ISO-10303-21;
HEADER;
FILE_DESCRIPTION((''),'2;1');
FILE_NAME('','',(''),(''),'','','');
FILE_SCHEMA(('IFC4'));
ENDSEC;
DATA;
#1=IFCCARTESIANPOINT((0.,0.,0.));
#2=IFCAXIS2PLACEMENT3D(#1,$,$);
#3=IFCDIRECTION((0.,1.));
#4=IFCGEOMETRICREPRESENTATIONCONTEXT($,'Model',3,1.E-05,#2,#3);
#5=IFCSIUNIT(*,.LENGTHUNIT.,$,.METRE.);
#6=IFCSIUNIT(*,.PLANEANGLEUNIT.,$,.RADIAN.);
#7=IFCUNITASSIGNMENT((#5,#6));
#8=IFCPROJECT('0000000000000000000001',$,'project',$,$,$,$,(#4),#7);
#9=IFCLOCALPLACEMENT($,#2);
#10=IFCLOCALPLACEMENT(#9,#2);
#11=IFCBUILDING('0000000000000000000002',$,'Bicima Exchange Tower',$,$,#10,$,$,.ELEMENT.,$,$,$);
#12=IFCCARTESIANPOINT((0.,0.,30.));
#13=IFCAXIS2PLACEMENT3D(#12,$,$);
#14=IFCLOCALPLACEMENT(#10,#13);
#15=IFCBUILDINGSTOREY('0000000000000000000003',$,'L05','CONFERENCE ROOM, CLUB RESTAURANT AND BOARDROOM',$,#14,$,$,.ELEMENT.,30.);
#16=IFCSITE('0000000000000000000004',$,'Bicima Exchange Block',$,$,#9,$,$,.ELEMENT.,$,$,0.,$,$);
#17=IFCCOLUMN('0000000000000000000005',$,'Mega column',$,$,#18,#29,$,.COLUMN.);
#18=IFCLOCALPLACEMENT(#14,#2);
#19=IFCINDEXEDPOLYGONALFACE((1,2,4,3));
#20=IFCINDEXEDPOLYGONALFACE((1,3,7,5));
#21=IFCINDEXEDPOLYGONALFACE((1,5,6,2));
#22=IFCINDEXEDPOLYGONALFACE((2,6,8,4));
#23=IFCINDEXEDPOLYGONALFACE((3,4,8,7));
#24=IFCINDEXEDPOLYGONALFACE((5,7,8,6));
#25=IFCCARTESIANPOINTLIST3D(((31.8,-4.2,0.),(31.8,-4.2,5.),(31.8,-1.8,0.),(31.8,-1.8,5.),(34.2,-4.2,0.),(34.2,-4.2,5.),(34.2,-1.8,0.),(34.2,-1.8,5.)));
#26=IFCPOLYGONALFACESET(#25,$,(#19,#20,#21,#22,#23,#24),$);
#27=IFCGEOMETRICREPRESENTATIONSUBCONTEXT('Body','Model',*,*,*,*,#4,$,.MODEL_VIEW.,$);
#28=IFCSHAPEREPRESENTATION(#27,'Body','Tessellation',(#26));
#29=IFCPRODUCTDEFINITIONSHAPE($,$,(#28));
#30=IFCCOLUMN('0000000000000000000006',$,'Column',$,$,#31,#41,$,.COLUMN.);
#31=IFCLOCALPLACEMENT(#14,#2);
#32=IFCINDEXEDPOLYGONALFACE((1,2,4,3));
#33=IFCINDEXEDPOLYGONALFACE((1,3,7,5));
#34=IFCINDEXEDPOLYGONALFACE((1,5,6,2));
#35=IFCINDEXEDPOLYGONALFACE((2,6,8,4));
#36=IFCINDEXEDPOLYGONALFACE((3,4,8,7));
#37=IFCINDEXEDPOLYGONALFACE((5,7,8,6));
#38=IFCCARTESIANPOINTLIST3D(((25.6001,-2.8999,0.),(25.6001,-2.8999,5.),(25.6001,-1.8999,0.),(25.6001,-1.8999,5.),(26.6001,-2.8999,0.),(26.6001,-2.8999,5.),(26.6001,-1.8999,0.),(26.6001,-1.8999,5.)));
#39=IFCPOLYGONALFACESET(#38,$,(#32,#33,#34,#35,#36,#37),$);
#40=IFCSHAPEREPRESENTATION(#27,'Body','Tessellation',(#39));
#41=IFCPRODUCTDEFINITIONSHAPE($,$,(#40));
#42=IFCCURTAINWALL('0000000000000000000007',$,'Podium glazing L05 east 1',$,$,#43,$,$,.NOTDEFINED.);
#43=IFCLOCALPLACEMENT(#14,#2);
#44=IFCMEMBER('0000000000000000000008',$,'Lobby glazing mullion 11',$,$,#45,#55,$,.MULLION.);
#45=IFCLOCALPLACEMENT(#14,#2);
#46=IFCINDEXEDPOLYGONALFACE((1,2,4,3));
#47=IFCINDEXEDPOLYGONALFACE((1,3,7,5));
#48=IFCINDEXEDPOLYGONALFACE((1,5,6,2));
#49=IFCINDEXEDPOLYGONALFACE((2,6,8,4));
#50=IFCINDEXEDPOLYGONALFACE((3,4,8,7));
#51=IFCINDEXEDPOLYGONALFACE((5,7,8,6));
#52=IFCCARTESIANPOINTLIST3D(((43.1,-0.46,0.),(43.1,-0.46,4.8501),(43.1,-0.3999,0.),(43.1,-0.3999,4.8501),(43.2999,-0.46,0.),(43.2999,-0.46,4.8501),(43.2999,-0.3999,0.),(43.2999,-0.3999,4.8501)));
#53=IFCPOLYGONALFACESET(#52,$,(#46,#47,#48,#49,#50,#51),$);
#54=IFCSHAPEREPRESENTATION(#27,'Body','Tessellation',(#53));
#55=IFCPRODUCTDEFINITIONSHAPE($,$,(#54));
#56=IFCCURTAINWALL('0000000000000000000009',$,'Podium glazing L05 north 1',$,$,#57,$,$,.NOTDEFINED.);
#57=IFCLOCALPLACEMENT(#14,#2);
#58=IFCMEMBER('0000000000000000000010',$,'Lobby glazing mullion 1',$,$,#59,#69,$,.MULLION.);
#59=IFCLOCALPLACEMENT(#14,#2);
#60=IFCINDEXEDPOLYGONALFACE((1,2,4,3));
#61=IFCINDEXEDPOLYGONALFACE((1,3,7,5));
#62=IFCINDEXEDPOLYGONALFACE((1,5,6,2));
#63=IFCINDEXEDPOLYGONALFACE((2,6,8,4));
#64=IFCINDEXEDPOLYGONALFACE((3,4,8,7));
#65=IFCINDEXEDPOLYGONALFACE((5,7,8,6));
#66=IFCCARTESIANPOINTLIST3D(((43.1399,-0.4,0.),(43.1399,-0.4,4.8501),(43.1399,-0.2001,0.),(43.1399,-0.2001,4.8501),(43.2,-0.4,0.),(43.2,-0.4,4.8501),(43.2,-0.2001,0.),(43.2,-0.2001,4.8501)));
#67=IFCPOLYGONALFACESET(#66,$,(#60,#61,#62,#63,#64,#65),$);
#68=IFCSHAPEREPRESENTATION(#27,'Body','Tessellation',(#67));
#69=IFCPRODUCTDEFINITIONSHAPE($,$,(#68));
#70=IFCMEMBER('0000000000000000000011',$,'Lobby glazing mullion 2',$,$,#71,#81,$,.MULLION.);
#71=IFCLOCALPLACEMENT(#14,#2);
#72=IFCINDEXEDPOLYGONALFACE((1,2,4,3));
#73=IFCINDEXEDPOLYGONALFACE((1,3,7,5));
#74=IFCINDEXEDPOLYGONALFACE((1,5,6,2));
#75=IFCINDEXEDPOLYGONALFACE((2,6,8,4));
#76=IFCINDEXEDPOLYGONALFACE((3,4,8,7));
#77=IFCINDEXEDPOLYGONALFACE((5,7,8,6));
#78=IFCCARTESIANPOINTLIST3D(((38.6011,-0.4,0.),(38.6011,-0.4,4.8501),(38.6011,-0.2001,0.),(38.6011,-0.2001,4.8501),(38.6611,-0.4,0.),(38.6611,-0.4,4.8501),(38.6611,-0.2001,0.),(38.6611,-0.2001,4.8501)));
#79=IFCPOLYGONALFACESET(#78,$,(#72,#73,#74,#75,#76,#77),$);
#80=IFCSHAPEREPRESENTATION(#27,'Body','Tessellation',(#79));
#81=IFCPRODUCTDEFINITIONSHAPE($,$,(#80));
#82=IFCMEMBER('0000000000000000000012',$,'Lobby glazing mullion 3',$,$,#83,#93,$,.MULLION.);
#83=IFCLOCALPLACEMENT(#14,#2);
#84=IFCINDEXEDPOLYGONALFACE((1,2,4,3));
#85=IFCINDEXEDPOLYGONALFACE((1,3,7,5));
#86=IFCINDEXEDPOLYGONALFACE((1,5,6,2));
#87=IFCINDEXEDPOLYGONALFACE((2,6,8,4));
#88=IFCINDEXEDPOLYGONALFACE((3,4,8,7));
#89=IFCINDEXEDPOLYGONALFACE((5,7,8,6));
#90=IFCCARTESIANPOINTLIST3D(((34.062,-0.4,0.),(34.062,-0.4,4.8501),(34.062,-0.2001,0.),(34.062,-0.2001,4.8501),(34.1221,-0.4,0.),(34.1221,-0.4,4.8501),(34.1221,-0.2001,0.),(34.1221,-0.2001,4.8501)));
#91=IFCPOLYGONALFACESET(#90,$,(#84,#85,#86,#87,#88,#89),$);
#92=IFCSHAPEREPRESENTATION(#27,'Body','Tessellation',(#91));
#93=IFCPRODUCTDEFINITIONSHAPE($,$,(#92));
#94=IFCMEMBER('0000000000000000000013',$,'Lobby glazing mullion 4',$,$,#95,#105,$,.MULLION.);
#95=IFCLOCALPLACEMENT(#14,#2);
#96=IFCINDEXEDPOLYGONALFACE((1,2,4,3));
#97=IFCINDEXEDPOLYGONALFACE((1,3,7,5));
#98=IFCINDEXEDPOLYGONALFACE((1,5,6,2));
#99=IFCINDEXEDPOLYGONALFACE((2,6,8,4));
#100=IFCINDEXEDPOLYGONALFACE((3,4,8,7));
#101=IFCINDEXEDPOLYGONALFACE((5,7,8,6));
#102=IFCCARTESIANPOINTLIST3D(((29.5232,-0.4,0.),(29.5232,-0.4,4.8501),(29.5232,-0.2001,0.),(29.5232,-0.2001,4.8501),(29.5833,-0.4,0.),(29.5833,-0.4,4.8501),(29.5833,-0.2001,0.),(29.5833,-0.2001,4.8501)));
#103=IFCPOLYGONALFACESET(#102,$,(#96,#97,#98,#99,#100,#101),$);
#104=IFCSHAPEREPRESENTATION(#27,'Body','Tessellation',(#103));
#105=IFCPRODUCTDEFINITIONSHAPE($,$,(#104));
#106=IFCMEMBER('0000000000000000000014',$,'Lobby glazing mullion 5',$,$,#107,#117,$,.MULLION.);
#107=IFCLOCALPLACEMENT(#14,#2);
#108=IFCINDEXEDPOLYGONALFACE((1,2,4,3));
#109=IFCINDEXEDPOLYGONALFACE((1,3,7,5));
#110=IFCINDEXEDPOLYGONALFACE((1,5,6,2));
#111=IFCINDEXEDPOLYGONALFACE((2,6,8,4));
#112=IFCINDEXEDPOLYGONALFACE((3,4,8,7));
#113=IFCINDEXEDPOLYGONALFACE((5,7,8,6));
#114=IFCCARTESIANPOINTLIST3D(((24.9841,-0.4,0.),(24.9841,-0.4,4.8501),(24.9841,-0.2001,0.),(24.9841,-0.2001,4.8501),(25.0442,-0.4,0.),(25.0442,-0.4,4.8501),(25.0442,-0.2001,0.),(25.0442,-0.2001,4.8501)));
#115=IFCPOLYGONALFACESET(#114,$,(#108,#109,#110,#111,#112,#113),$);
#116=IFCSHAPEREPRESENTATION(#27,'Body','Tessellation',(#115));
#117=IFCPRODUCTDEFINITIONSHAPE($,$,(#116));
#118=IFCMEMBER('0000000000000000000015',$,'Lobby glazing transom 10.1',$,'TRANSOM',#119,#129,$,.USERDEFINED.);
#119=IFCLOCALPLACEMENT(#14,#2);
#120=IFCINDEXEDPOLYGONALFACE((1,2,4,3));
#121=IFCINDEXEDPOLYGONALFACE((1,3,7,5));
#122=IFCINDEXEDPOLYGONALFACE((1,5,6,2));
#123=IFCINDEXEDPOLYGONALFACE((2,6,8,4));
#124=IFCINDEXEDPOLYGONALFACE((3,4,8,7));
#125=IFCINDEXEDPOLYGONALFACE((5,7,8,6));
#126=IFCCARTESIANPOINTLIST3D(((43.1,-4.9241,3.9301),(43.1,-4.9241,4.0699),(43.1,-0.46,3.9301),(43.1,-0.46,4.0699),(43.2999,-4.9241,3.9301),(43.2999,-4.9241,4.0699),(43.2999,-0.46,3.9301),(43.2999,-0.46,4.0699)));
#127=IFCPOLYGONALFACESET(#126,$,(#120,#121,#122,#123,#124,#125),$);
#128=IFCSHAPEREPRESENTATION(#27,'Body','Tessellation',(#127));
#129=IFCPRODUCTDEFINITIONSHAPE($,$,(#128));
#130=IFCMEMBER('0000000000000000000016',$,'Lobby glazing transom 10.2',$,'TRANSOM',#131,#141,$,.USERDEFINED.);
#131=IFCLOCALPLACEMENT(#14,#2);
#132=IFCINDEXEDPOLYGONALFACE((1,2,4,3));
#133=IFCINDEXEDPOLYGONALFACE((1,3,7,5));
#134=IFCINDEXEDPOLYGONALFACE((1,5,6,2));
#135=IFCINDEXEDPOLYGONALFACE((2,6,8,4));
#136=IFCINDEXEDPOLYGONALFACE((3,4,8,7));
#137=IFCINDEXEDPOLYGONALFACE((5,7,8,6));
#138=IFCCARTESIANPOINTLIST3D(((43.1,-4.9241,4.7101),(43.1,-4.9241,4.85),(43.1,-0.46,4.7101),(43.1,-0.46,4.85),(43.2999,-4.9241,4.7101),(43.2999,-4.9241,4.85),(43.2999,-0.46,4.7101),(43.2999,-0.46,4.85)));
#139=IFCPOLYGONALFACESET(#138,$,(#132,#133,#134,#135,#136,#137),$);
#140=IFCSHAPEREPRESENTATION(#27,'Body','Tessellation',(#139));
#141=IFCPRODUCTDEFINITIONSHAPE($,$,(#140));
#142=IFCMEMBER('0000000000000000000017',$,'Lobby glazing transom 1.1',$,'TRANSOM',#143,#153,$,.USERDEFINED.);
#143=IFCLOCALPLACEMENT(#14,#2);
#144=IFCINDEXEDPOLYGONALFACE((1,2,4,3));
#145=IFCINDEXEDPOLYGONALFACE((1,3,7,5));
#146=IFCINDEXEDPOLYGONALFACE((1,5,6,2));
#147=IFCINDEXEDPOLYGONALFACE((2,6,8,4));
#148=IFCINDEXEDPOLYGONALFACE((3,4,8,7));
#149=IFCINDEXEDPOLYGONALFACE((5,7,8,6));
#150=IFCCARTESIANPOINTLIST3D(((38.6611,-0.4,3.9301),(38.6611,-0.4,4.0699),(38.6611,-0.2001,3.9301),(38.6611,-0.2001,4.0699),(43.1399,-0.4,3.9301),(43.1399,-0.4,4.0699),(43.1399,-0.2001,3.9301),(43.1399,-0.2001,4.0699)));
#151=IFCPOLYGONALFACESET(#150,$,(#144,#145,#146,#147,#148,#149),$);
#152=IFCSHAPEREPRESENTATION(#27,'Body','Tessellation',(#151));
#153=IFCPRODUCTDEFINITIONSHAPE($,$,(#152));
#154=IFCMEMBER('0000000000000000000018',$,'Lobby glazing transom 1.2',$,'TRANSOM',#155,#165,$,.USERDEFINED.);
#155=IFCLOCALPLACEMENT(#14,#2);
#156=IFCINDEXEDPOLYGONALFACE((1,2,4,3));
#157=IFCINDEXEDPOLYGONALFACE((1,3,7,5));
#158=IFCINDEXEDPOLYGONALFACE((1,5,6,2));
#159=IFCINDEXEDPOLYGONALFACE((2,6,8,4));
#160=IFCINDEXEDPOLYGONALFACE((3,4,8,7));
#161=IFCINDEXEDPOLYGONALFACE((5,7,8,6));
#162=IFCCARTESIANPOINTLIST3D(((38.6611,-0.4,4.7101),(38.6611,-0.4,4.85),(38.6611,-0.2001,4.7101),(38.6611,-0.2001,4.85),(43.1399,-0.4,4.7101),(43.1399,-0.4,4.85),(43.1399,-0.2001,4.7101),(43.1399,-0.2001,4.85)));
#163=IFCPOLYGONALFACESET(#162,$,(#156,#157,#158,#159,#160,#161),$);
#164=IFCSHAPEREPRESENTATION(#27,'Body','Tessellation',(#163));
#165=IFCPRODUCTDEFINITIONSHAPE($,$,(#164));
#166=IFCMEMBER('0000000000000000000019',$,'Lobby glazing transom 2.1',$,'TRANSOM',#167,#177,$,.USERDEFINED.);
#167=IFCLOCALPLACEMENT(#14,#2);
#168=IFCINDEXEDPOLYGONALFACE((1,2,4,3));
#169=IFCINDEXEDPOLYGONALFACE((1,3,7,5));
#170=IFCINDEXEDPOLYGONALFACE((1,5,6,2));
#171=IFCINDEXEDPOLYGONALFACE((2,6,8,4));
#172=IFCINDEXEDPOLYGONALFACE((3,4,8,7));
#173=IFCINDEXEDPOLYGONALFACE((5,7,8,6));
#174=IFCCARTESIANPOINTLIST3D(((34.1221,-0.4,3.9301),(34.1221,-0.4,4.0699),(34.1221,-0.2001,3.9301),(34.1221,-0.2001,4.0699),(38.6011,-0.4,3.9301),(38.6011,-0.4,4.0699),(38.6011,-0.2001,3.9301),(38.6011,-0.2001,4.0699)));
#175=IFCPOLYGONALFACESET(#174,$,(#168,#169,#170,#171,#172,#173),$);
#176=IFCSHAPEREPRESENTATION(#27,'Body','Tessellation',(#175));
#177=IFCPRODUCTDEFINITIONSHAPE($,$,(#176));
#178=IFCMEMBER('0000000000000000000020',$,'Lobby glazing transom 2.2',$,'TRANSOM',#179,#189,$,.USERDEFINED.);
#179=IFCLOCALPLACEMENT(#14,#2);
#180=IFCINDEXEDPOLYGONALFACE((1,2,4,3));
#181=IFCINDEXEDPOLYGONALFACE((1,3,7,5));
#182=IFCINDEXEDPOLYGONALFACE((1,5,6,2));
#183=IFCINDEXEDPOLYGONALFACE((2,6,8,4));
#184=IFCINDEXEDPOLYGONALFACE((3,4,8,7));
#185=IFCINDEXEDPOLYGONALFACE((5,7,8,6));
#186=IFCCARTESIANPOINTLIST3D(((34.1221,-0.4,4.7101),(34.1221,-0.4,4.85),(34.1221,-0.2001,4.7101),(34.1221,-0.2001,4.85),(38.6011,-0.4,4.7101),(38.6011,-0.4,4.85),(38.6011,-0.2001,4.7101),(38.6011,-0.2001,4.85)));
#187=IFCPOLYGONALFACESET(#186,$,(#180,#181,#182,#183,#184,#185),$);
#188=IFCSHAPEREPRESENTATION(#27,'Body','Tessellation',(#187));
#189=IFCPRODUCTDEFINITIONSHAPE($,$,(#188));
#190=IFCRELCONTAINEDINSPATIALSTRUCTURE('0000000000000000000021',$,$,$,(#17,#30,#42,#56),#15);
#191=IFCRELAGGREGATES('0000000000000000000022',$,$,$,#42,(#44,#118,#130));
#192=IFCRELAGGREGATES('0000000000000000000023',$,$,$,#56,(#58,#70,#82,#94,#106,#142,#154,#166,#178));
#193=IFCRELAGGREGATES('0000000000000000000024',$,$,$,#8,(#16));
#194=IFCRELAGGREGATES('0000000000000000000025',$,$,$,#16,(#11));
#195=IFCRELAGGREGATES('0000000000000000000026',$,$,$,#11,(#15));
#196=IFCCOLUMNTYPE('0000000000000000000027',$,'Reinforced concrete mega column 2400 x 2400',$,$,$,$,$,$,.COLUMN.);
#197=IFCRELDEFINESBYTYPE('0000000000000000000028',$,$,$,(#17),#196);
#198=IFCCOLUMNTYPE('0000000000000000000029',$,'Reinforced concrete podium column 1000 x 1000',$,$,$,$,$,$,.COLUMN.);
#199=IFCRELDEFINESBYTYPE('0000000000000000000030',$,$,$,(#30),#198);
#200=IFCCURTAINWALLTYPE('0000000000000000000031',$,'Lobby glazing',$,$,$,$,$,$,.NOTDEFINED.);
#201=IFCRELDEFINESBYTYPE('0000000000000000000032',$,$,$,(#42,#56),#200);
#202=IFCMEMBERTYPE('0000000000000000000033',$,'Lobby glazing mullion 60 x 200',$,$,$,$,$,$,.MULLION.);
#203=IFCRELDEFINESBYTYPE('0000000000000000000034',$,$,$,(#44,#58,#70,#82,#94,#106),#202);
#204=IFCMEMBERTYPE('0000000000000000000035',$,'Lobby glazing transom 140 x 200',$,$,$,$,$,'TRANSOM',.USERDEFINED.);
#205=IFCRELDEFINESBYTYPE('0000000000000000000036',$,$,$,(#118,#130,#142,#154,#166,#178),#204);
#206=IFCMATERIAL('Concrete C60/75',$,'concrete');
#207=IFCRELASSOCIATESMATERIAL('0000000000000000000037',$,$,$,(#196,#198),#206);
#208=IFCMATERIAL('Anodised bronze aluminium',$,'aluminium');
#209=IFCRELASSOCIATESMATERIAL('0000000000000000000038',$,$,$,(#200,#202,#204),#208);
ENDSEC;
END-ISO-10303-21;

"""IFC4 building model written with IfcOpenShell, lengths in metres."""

from ifc_helpers import new_model, si_unit, direction, frame, origin, origin_2d, place, context, subcontext, project, spatial, rectangle, extrude, material, material_profile, profile_set, type_object, element, aggregate, save


model = new_model("IFC4")

# Units and contexts
model_context = context("Model", 3, precision=1e-05, world=origin(), true_north=direction((0.0, 1.0)))
body_context = subcontext(model_context, "Body", "Model", "MODEL_VIEW")
ifc_project = project(units=[si_unit("LENGTHUNIT", "METRE"), si_unit("PLANEANGLEUNIT", "RADIAN")], contexts=[model_context])

# Site, building, storey
site_placement = place(None, origin())
site = spatial("IfcSite", under=ifc_project, at=site_placement, Name="Bicima Exchange Block", CompositionType="ELEMENT", RefElevation=0.0)
building_placement = place(site_placement, origin())
building = spatial("IfcBuilding", under=site, at=building_placement, Name="Bicima Exchange Tower", CompositionType="ELEMENT")
storey_placement = place(building_placement, frame((0.0, 0.0, 30.0)))
storey = spatial("IfcBuildingStorey", under=building, at=storey_placement, Name="L05", Description="CONFERENCE ROOM, CLUB RESTAURANT AND BOARDROOM", CompositionType="ELEMENT", Elevation=30.0)

# Columns
ifc_material_1 = material(Name="Concrete C60/75", Category="concrete")
ifc_material_profile_1 = material_profile(ifc_material_1, rectangle(XDim=2.3999, YDim=2.3999, at=origin_2d()))
ifc_profile_set_1 = profile_set([ifc_material_profile_1], Name="Concrete C60/75")
column_type_1 = type_object("IfcColumnType", Name="Reinforced concrete mega column 2400 x 2400", PredefinedType="COLUMN", material=ifc_profile_set_1)
column_1_placement = place(storey_placement, frame((33.0, -3.0, 0.0), z_axis=(0.0, 0.0, 1.0), x_axis=(1.0, 0.0, 0.0)))
element("IfcColumn", 1, at=column_1_placement, inside=storey, type_object=column_type_1, Name="Mega column", PredefinedType="COLUMN", context=body_context, shape_type="SweptSolid", body=[
    extrude(rectangle(XDim=2.3999, YDim=2.3999, at=origin_2d()), origin(), (0.0, 0.0, 1.0), 5.0),
])
ifc_material_profile_2 = material_profile(ifc_material_1, rectangle(XDim=1.0, YDim=1.0, at=origin_2d()))
ifc_profile_set_2 = profile_set([ifc_material_profile_2], Name="Concrete C60/75")
column_type_2 = type_object("IfcColumnType", Name="Reinforced concrete podium column 1000 x 1000", PredefinedType="COLUMN", material=ifc_profile_set_2)
column_2_placement = place(storey_placement, frame((26.1001, -2.3999, 0.0), z_axis=(0.0, 0.0, 1.0), x_axis=(1.0, 0.0, 0.0)))
element("IfcColumn", 2, at=column_2_placement, inside=storey, type_object=column_type_2, Name="Column", PredefinedType="COLUMN", context=body_context, shape_type="SweptSolid", body=[
    extrude(rectangle(XDim=1.0, YDim=1.0, at=origin_2d()), origin(), (0.0, 0.0, 1.0), 5.0),
])

# Curtain wall, member
ifc_material_2 = material(Name="Anodised bronze aluminium", Category="aluminium")
curtain_wall_type = type_object("IfcCurtainWallType", Name="Lobby glazing", PredefinedType="NOTDEFINED", material=ifc_material_2)
curtain_wall_1_placement = place(storey_placement, origin())
curtain_wall_1 = element("IfcCurtainWall", 3, at=curtain_wall_1_placement, inside=storey, type_object=curtain_wall_type, Name="Podium glazing L05 east 1", PredefinedType="NOTDEFINED")
ifc_material_profile_3 = material_profile(ifc_material_2, rectangle(XDim=0.2, YDim=0.0601, at=origin_2d()))
ifc_profile_set_3 = profile_set([ifc_material_profile_3], Name="Anodised bronze aluminium")
member_type_1 = type_object("IfcMemberType", Name="Lobby glazing mullion 60 x 200", PredefinedType="MULLION", material=ifc_profile_set_3)
member_1_placement = place(storey_placement, frame((43.2, -0.4299, 0.0), z_axis=(0.0, 0.0, 1.0), x_axis=(-1.0, 0.0, 0.0)))
member_1 = element("IfcMember", 4, at=member_1_placement, type_object=member_type_1, Name="Lobby glazing mullion 11", PredefinedType="MULLION", context=body_context, shape_type="SweptSolid", body=[
    extrude(rectangle(XDim=0.2, YDim=0.0601, at=origin_2d()), origin(), (0.0, 0.0, 1.0), 4.8501),
])

# Curtain wall, members
curtain_wall_2_placement = place(storey_placement, origin())
curtain_wall_2 = element("IfcCurtainWall", 5, at=curtain_wall_2_placement, inside=storey, type_object=curtain_wall_type, Name="Podium glazing L05 north 1", PredefinedType="NOTDEFINED")
member_2_placement = place(storey_placement, frame((43.1699, -0.3, 0.0), z_axis=(0.0, 0.0, 1.0), x_axis=(0.0, -1.0, 0.0)))
member_2 = element("IfcMember", 6, at=member_2_placement, type_object=member_type_1, Name="Lobby glazing mullion 1", PredefinedType="MULLION", context=body_context, shape_type="SweptSolid", body=[
    extrude(rectangle(XDim=0.2, YDim=0.0601, at=origin_2d()), origin(), (0.0, 0.0, 1.0), 4.8501),
])
member_3_placement = place(storey_placement, frame((38.6311, -0.3, 0.0), z_axis=(0.0, 0.0, 1.0), x_axis=(0.0, -1.0, 0.0)))
member_3 = element("IfcMember", 7, at=member_3_placement, type_object=member_type_1, Name="Lobby glazing mullion 2", PredefinedType="MULLION", context=body_context, shape_type="SweptSolid", body=[
    extrude(rectangle(XDim=0.2, YDim=0.0601, at=origin_2d()), origin(), (0.0, 0.0, 1.0), 4.8501),
])
member_4_placement = place(storey_placement, frame((34.092, -0.3, 0.0), z_axis=(0.0, 0.0, 1.0), x_axis=(0.0, -1.0, 0.0)))
member_4 = element("IfcMember", 8, at=member_4_placement, type_object=member_type_1, Name="Lobby glazing mullion 3", PredefinedType="MULLION", context=body_context, shape_type="SweptSolid", body=[
    extrude(rectangle(XDim=0.2, YDim=0.0601, at=origin_2d()), origin(), (0.0, 0.0, 1.0), 4.8501),
])
member_5_placement = place(storey_placement, frame((29.5532, -0.3, 0.0), z_axis=(0.0, 0.0, 1.0), x_axis=(0.0, -1.0, 0.0)))
member_5 = element("IfcMember", 9, at=member_5_placement, type_object=member_type_1, Name="Lobby glazing mullion 4", PredefinedType="MULLION", context=body_context, shape_type="SweptSolid", body=[
    extrude(rectangle(XDim=0.2, YDim=0.0601, at=origin_2d()), origin(), (0.0, 0.0, 1.0), 4.8501),
])
member_6_placement = place(storey_placement, frame((25.0142, -0.3, 0.0), z_axis=(0.0, 0.0, 1.0), x_axis=(0.0, -1.0, 0.0)))
member_6 = element("IfcMember", 10, at=member_6_placement, type_object=member_type_1, Name="Lobby glazing mullion 5", PredefinedType="MULLION", context=body_context, shape_type="SweptSolid", body=[
    extrude(rectangle(XDim=0.2, YDim=0.0601, at=origin_2d()), origin(), (0.0, 0.0, 1.0), 4.8501),
])

# Members
ifc_material_profile_4 = material_profile(ifc_material_2, rectangle(XDim=0.2, YDim=0.1399, at=origin_2d()))
ifc_profile_set_4 = profile_set([ifc_material_profile_4], Name="Anodised bronze aluminium")
member_type_2 = type_object("IfcMemberType", Name="Lobby glazing transom 140 x 200", ElementType="TRANSOM", PredefinedType="USERDEFINED", material=ifc_profile_set_4)
member_7_placement = place(storey_placement, frame((43.2, -4.9241, 4.0), z_axis=(0.0, 1.0, 0.0), x_axis=(-1.0, 0.0, 0.0)))
member_7 = element("IfcMember", 11, at=member_7_placement, type_object=member_type_2, Name="Lobby glazing transom 10.1", ObjectType="TRANSOM", PredefinedType="USERDEFINED", context=body_context, shape_type="SweptSolid", body=[
    extrude(rectangle(XDim=0.2, YDim=0.1399, at=origin_2d()), origin(), (0.0, 0.0, 1.0), 4.4641),
])
member_8_placement = place(storey_placement, frame((43.2, -4.9241, 4.78), z_axis=(0.0, 1.0, 0.0), x_axis=(-1.0, 0.0, 0.0)))
member_8 = element("IfcMember", 12, at=member_8_placement, type_object=member_type_2, Name="Lobby glazing transom 10.2", ObjectType="TRANSOM", PredefinedType="USERDEFINED", context=body_context, shape_type="SweptSolid", body=[
    extrude(rectangle(XDim=0.2, YDim=0.1399, at=origin_2d()), origin(), (0.0, 0.0, 1.0), 4.4641),
])
member_9_placement = place(storey_placement, frame((43.1399, -0.3, 4.0), z_axis=(-1.0, 0.0, 0.0), x_axis=(0.0, -1.0, 0.0)))
member_9 = element("IfcMember", 13, at=member_9_placement, type_object=member_type_2, Name="Lobby glazing transom 1.1", ObjectType="TRANSOM", PredefinedType="USERDEFINED", context=body_context, shape_type="SweptSolid", body=[
    extrude(rectangle(XDim=0.2, YDim=0.1399, at=origin_2d()), origin(), (0.0, 0.0, 1.0), 4.4788),
])
member_10_placement = place(storey_placement, frame((43.1399, -0.3, 4.78), z_axis=(-1.0, 0.0, 0.0), x_axis=(0.0, -1.0, 0.0)))
member_10 = element("IfcMember", 14, at=member_10_placement, type_object=member_type_2, Name="Lobby glazing transom 1.2", ObjectType="TRANSOM", PredefinedType="USERDEFINED", context=body_context, shape_type="SweptSolid", body=[
    extrude(rectangle(XDim=0.2, YDim=0.1399, at=origin_2d()), origin(), (0.0, 0.0, 1.0), 4.4788),
])
member_11_placement = place(storey_placement, frame((38.6011, -0.3, 4.0), z_axis=(-1.0, 0.0, 0.0), x_axis=(0.0, -1.0, 0.0)))
member_11 = element("IfcMember", 15, at=member_11_placement, type_object=member_type_2, Name="Lobby glazing transom 2.1", ObjectType="TRANSOM", PredefinedType="USERDEFINED", context=body_context, shape_type="SweptSolid", body=[
    extrude(rectangle(XDim=0.2, YDim=0.1399, at=origin_2d()), origin(), (0.0, 0.0, 1.0), 4.479),
])
member_12_placement = place(storey_placement, frame((38.6011, -0.3, 4.78), z_axis=(-1.0, 0.0, 0.0), x_axis=(0.0, -1.0, 0.0)))
member_12 = element("IfcMember", 16, at=member_12_placement, type_object=member_type_2, Name="Lobby glazing transom 2.2", ObjectType="TRANSOM", PredefinedType="USERDEFINED", context=body_context, shape_type="SweptSolid", body=[
    extrude(rectangle(XDim=0.2, YDim=0.1399, at=origin_2d()), origin(), (0.0, 0.0, 1.0), 4.479),
])

aggregate(curtain_wall_1, [member_1, member_7, member_8])
aggregate(curtain_wall_2, [member_2, member_3, member_4, member_5, member_6, member_9, member_10, member_11, member_12])

save(model, "model.ifc")
